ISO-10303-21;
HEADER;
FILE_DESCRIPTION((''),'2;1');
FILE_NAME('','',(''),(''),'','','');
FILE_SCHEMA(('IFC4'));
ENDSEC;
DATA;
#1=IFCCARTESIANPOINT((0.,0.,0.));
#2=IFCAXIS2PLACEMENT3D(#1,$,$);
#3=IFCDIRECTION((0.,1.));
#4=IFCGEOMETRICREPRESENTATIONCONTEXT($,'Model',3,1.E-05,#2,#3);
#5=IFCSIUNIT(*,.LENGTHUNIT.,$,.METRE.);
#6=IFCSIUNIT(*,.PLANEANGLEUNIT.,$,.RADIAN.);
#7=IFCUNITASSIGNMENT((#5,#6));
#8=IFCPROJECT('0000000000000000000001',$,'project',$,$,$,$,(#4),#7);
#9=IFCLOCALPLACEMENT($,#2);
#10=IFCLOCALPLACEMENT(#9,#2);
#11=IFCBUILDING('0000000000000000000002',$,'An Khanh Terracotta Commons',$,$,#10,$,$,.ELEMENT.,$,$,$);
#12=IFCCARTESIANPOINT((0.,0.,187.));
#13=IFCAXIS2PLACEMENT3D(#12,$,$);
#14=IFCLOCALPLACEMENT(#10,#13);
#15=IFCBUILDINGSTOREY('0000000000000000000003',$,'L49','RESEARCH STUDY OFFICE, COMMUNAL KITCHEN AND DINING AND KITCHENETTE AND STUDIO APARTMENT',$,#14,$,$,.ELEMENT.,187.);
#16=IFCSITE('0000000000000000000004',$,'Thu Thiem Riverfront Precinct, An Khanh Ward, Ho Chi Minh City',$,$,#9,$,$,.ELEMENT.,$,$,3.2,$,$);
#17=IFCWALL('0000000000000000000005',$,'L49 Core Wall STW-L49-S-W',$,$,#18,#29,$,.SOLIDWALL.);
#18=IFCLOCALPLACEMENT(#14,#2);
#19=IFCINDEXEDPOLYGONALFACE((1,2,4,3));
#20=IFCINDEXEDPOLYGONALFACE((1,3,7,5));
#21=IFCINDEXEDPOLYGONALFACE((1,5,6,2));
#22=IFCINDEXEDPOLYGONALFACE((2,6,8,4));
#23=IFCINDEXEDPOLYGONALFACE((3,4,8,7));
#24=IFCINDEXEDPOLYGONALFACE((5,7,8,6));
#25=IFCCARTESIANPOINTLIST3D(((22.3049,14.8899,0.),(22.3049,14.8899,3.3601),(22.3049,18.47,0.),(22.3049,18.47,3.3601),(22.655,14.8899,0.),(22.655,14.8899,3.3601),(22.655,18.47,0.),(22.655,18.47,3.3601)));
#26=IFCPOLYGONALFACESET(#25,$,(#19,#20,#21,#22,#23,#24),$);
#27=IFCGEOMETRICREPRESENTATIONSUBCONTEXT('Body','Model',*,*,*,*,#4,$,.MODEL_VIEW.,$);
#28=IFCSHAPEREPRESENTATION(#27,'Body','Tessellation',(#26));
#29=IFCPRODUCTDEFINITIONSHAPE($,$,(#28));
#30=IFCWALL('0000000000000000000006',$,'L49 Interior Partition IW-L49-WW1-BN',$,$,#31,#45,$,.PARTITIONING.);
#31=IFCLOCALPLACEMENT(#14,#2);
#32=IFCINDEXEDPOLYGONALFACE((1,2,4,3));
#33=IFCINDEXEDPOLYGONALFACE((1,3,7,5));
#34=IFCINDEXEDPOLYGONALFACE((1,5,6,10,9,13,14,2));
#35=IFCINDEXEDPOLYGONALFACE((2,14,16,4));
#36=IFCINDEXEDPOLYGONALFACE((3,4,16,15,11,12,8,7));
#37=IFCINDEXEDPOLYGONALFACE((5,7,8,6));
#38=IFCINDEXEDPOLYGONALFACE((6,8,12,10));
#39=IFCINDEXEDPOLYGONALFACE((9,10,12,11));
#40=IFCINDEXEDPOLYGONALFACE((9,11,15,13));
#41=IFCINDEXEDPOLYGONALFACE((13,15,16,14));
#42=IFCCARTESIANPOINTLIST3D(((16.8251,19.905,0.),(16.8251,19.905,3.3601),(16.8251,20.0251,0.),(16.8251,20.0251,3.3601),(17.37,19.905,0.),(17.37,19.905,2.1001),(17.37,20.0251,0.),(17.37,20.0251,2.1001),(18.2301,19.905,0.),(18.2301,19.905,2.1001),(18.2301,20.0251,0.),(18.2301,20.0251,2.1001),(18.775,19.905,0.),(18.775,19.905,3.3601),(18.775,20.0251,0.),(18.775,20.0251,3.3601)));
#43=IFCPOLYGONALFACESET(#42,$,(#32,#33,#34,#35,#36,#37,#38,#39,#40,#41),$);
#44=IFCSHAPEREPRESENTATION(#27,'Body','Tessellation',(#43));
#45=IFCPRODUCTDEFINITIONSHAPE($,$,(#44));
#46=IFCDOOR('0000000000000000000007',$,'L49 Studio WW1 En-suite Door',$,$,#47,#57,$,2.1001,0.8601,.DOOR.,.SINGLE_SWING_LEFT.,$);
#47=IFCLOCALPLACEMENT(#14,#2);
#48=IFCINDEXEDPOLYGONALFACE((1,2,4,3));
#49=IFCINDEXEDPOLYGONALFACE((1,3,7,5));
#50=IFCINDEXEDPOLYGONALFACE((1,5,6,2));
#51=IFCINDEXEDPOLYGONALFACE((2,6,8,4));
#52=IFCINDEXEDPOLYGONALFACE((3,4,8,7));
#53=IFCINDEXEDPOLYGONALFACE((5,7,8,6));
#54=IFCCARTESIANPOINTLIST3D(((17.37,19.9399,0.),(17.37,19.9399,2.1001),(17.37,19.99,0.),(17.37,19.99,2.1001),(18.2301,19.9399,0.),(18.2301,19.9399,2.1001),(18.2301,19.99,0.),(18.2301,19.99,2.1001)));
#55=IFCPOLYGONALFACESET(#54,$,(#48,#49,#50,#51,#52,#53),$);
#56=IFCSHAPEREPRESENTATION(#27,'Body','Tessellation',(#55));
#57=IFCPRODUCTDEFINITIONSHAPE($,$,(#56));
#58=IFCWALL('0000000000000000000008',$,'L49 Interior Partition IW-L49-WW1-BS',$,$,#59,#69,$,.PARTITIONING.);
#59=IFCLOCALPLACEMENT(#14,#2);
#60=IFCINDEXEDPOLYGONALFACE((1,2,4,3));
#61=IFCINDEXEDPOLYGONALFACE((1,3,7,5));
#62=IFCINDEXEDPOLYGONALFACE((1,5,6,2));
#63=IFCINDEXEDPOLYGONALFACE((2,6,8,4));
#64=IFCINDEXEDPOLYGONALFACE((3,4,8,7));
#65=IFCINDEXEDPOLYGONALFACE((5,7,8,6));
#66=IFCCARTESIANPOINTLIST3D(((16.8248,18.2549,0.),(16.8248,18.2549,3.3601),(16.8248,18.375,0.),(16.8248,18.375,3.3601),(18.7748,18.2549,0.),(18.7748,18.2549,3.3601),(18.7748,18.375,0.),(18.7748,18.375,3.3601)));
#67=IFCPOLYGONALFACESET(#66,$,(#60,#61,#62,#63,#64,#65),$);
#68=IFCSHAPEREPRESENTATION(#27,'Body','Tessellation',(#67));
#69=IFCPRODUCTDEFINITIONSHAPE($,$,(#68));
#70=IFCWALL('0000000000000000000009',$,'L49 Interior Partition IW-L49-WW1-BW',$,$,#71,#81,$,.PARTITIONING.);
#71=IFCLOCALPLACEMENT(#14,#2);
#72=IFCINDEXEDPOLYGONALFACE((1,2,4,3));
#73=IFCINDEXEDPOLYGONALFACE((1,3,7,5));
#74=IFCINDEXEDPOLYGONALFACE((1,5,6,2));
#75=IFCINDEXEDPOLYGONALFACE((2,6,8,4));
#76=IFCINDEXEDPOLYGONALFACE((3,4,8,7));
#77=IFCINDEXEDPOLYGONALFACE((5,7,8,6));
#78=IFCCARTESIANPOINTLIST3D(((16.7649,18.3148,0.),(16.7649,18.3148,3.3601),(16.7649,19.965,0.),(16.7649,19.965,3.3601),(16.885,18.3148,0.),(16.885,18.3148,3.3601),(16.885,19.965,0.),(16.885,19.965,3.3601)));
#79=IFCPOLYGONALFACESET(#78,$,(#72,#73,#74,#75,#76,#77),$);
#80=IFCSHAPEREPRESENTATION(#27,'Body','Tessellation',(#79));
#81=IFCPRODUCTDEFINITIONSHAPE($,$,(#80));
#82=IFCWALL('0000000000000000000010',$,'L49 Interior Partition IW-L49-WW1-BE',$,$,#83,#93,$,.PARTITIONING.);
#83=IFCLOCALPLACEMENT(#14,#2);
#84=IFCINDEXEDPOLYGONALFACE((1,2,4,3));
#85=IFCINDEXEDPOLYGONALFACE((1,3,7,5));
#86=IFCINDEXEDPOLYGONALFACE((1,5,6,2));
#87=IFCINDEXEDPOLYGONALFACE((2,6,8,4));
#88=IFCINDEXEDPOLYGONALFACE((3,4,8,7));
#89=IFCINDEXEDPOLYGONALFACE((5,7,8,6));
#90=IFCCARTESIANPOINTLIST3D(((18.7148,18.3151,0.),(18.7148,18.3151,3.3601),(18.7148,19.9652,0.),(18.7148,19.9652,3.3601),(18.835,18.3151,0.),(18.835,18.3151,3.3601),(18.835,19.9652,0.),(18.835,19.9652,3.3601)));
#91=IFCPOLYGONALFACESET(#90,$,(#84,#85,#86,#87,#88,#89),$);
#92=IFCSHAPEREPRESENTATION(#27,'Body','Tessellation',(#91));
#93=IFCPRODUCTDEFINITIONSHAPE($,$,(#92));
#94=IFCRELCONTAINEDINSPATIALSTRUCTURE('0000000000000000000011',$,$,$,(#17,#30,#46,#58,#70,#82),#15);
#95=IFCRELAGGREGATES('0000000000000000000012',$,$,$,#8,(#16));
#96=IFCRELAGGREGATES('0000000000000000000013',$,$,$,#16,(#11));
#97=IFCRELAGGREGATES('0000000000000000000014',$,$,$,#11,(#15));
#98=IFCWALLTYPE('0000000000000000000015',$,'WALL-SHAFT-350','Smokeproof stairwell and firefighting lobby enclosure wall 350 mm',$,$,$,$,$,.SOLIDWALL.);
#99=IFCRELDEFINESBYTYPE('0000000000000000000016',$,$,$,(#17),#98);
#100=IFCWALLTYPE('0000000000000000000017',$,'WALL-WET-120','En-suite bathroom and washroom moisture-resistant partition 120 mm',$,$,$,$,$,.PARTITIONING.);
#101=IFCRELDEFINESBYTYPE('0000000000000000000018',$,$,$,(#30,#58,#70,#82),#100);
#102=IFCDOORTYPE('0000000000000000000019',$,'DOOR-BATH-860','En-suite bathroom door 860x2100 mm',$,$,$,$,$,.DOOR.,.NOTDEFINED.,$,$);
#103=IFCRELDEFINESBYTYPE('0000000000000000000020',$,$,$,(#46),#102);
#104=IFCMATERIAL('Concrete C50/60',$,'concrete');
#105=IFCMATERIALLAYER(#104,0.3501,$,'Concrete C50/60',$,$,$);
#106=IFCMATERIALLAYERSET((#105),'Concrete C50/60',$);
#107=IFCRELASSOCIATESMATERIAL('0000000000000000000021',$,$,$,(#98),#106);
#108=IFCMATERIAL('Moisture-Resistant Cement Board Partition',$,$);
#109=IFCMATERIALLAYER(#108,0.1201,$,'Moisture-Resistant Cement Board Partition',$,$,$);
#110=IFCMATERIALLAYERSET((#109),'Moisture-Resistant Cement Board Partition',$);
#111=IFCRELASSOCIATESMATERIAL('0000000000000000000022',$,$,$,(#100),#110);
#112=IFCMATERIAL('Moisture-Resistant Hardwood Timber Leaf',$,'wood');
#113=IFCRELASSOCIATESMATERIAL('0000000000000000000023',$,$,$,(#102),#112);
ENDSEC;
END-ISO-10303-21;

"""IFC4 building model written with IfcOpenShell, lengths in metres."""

from ifc_helpers import new_model, si_unit, direction, frame, frame_2d, origin, place, context, subcontext, project, spatial, rectangle, extrude, material, layer, layer_set, type_object, element, fill, save


model = new_model("IFC4")

# Units and contexts
model_context = context("Model", 3, precision=1e-05, world=origin(), true_north=direction((0.0, 1.0)))
body_context = subcontext(model_context, "Body", "Model", "MODEL_VIEW")
ifc_project = project(units=[si_unit("LENGTHUNIT", "METRE"), si_unit("PLANEANGLEUNIT", "RADIAN")], contexts=[model_context])

# Site, building, storey
site_placement = place(None, origin())
site = spatial("IfcSite", under=ifc_project, at=site_placement, Name="Thu Thiem Riverfront Precinct, An Khanh Ward, Ho Chi Minh City", CompositionType="ELEMENT", RefElevation=3.2)
building_placement = place(site_placement, origin())
building = spatial("IfcBuilding", under=site, at=building_placement, Name="An Khanh Terracotta Commons", CompositionType="ELEMENT")
storey_placement = place(building_placement, frame((0.0, 0.0, 187.0)))
storey = spatial("IfcBuildingStorey", under=building, at=storey_placement, Name="L49", Description="RESEARCH STUDY OFFICE, COMMUNAL KITCHEN AND DINING AND KITCHENETTE AND STUDIO APARTMENT", CompositionType="ELEMENT", Elevation=187.0)

# Wall
ifc_material_1 = material(Name="Concrete C50/60", Category="concrete")
ifc_layer_1 = layer(ifc_material_1, 0.3501, Name="Concrete C50/60")
ifc_layer_set_1 = layer_set([ifc_layer_1], Name="Concrete C50/60")
wall_type_1 = type_object("IfcWallType", Name="WALL-SHAFT-350", Description="Smokeproof stairwell and firefighting lobby enclosure wall 350 mm", PredefinedType="SOLIDWALL", material=ifc_layer_set_1)
wall_1_placement = place(storey_placement, frame((22.48, 14.8899, 0.0), z_axis=(0.0, 0.0, 1.0), x_axis=(0.0, 1.0, 0.0)))
element("IfcWall", 1, at=wall_1_placement, inside=storey, type_object=wall_type_1, Name="L49 Core Wall STW-L49-S-W", PredefinedType="SOLIDWALL", context=body_context, shape_type="SweptSolid", body=[
    extrude(rectangle(XDim=3.5801, YDim=0.3501, at=frame_2d((1.79, 0.0))), origin(), (0.0, 0.0, 1.0), 3.3601),
])

# Wall, opening, door
ifc_material_2 = material(Name="Moisture-Resistant Cement Board Partition")
ifc_layer_2 = layer(ifc_material_2, 0.1201, Name="Moisture-Resistant Cement Board Partition")
ifc_layer_set_2 = layer_set([ifc_layer_2], Name="Moisture-Resistant Cement Board Partition")
wall_type_2 = type_object("IfcWallType", Name="WALL-WET-120", Description="En-suite bathroom and washroom moisture-resistant partition 120 mm", PredefinedType="PARTITIONING", material=ifc_layer_set_2)
wall_2_placement = place(storey_placement, frame((16.825, 19.9651, 0.0), z_axis=(0.0, 0.0, 1.0), x_axis=(1.0, 0.0, 0.0)))
wall_2 = element("IfcWall", 2, at=wall_2_placement, inside=storey, type_object=wall_type_2, Name="L49 Interior Partition IW-L49-WW1-BN", PredefinedType="PARTITIONING", context=body_context, shape_type="SweptSolid", body=[
    extrude(rectangle(XDim=1.95, YDim=0.1201, at=frame_2d((0.9751, 0.0))), origin(), (0.0, 0.0, 1.0), 3.3601),
])
opening_1_placement = place(wall_2_placement, frame((0.5449, 0.0, 0.0)))
opening_1 = element("IfcOpeningElement", 3, at=opening_1_placement, cuts=wall_2, PredefinedType="OPENING", context=body_context, shape_type="SweptSolid", body=[
    extrude(rectangle(XDim=0.8601, YDim=2.1001, at=frame_2d((0.4302, 1.05))), frame((0.0, 0.0701, 0.0), z_axis=(0.0, -1.0, 0.0), x_axis=(1.0, 0.0, 0.0)), (0.0, 0.0, 1.0), 0.1401),
])
ifc_material_3 = material(Name="Moisture-Resistant Hardwood Timber Leaf", Category="wood")
door_type_1 = type_object("IfcDoorType", Name="DOOR-BATH-860", Description="En-suite bathroom door 860x2100 mm", OperationType="NOTDEFINED", PredefinedType="DOOR", material=ifc_material_3)
door_1_placement = place(opening_1_placement, origin())
door_1 = element("IfcDoor", 4, at=door_1_placement, inside=storey, type_object=door_type_1, Name="L49 Studio WW1 En-suite Door", OperationType="SINGLE_SWING_LEFT", OverallHeight=2.1001, OverallWidth=0.8601, PredefinedType="DOOR", context=body_context, shape_type="SweptSolid", body=[
    extrude(rectangle(XDim=0.8601, YDim=2.1001, at=frame_2d((0.4302, 1.05))), frame((0.0, 0.0249, 0.0), z_axis=(0.0, -1.0, 0.0), x_axis=(1.0, 0.0, 0.0)), (0.0, 0.0, 1.0), 0.05),
])
fill(opening_1, door_1)

# Walls
wall_3_placement = place(storey_placement, frame((18.7749, 18.3149, 0.0), z_axis=(0.0, 0.0, 1.0), x_axis=(-1.0, 0.0, 0.0)))
element("IfcWall", 5, at=wall_3_placement, inside=storey, type_object=wall_type_2, Name="L49 Interior Partition IW-L49-WW1-BS", PredefinedType="PARTITIONING", context=body_context, shape_type="SweptSolid", body=[
    extrude(rectangle(XDim=1.95, YDim=0.1201, at=frame_2d((0.9751, 0.0))), origin(), (0.0, 0.0, 1.0), 3.3601),
])
for number, where, z_axis, x_axis, name in (
    (6, (16.825, 19.9651, 0.0), (0.0, 0.0, 1.0), (0.0, -1.0, 0.0), "L49 Interior Partition IW-L49-WW1-BW"),
    (7, (18.7749, 18.3149, 0.0), (0.0, 0.0, 1.0), (0.0, 1.0, 0.0), "L49 Interior Partition IW-L49-WW1-BE"),
):
    element("IfcWall", number, at=place(storey_placement, frame(where, z_axis=z_axis, x_axis=x_axis)), inside=storey, type_object=wall_type_2, Name=name, PredefinedType="PARTITIONING", context=body_context, shape_type="SweptSolid", body=[
        extrude(rectangle(XDim=1.6501, YDim=0.1201, at=frame_2d((0.8252, 0.0))), origin(), (0.0, 0.0, 1.0), 3.3601),
    ])

save(model, "model.ifc")
